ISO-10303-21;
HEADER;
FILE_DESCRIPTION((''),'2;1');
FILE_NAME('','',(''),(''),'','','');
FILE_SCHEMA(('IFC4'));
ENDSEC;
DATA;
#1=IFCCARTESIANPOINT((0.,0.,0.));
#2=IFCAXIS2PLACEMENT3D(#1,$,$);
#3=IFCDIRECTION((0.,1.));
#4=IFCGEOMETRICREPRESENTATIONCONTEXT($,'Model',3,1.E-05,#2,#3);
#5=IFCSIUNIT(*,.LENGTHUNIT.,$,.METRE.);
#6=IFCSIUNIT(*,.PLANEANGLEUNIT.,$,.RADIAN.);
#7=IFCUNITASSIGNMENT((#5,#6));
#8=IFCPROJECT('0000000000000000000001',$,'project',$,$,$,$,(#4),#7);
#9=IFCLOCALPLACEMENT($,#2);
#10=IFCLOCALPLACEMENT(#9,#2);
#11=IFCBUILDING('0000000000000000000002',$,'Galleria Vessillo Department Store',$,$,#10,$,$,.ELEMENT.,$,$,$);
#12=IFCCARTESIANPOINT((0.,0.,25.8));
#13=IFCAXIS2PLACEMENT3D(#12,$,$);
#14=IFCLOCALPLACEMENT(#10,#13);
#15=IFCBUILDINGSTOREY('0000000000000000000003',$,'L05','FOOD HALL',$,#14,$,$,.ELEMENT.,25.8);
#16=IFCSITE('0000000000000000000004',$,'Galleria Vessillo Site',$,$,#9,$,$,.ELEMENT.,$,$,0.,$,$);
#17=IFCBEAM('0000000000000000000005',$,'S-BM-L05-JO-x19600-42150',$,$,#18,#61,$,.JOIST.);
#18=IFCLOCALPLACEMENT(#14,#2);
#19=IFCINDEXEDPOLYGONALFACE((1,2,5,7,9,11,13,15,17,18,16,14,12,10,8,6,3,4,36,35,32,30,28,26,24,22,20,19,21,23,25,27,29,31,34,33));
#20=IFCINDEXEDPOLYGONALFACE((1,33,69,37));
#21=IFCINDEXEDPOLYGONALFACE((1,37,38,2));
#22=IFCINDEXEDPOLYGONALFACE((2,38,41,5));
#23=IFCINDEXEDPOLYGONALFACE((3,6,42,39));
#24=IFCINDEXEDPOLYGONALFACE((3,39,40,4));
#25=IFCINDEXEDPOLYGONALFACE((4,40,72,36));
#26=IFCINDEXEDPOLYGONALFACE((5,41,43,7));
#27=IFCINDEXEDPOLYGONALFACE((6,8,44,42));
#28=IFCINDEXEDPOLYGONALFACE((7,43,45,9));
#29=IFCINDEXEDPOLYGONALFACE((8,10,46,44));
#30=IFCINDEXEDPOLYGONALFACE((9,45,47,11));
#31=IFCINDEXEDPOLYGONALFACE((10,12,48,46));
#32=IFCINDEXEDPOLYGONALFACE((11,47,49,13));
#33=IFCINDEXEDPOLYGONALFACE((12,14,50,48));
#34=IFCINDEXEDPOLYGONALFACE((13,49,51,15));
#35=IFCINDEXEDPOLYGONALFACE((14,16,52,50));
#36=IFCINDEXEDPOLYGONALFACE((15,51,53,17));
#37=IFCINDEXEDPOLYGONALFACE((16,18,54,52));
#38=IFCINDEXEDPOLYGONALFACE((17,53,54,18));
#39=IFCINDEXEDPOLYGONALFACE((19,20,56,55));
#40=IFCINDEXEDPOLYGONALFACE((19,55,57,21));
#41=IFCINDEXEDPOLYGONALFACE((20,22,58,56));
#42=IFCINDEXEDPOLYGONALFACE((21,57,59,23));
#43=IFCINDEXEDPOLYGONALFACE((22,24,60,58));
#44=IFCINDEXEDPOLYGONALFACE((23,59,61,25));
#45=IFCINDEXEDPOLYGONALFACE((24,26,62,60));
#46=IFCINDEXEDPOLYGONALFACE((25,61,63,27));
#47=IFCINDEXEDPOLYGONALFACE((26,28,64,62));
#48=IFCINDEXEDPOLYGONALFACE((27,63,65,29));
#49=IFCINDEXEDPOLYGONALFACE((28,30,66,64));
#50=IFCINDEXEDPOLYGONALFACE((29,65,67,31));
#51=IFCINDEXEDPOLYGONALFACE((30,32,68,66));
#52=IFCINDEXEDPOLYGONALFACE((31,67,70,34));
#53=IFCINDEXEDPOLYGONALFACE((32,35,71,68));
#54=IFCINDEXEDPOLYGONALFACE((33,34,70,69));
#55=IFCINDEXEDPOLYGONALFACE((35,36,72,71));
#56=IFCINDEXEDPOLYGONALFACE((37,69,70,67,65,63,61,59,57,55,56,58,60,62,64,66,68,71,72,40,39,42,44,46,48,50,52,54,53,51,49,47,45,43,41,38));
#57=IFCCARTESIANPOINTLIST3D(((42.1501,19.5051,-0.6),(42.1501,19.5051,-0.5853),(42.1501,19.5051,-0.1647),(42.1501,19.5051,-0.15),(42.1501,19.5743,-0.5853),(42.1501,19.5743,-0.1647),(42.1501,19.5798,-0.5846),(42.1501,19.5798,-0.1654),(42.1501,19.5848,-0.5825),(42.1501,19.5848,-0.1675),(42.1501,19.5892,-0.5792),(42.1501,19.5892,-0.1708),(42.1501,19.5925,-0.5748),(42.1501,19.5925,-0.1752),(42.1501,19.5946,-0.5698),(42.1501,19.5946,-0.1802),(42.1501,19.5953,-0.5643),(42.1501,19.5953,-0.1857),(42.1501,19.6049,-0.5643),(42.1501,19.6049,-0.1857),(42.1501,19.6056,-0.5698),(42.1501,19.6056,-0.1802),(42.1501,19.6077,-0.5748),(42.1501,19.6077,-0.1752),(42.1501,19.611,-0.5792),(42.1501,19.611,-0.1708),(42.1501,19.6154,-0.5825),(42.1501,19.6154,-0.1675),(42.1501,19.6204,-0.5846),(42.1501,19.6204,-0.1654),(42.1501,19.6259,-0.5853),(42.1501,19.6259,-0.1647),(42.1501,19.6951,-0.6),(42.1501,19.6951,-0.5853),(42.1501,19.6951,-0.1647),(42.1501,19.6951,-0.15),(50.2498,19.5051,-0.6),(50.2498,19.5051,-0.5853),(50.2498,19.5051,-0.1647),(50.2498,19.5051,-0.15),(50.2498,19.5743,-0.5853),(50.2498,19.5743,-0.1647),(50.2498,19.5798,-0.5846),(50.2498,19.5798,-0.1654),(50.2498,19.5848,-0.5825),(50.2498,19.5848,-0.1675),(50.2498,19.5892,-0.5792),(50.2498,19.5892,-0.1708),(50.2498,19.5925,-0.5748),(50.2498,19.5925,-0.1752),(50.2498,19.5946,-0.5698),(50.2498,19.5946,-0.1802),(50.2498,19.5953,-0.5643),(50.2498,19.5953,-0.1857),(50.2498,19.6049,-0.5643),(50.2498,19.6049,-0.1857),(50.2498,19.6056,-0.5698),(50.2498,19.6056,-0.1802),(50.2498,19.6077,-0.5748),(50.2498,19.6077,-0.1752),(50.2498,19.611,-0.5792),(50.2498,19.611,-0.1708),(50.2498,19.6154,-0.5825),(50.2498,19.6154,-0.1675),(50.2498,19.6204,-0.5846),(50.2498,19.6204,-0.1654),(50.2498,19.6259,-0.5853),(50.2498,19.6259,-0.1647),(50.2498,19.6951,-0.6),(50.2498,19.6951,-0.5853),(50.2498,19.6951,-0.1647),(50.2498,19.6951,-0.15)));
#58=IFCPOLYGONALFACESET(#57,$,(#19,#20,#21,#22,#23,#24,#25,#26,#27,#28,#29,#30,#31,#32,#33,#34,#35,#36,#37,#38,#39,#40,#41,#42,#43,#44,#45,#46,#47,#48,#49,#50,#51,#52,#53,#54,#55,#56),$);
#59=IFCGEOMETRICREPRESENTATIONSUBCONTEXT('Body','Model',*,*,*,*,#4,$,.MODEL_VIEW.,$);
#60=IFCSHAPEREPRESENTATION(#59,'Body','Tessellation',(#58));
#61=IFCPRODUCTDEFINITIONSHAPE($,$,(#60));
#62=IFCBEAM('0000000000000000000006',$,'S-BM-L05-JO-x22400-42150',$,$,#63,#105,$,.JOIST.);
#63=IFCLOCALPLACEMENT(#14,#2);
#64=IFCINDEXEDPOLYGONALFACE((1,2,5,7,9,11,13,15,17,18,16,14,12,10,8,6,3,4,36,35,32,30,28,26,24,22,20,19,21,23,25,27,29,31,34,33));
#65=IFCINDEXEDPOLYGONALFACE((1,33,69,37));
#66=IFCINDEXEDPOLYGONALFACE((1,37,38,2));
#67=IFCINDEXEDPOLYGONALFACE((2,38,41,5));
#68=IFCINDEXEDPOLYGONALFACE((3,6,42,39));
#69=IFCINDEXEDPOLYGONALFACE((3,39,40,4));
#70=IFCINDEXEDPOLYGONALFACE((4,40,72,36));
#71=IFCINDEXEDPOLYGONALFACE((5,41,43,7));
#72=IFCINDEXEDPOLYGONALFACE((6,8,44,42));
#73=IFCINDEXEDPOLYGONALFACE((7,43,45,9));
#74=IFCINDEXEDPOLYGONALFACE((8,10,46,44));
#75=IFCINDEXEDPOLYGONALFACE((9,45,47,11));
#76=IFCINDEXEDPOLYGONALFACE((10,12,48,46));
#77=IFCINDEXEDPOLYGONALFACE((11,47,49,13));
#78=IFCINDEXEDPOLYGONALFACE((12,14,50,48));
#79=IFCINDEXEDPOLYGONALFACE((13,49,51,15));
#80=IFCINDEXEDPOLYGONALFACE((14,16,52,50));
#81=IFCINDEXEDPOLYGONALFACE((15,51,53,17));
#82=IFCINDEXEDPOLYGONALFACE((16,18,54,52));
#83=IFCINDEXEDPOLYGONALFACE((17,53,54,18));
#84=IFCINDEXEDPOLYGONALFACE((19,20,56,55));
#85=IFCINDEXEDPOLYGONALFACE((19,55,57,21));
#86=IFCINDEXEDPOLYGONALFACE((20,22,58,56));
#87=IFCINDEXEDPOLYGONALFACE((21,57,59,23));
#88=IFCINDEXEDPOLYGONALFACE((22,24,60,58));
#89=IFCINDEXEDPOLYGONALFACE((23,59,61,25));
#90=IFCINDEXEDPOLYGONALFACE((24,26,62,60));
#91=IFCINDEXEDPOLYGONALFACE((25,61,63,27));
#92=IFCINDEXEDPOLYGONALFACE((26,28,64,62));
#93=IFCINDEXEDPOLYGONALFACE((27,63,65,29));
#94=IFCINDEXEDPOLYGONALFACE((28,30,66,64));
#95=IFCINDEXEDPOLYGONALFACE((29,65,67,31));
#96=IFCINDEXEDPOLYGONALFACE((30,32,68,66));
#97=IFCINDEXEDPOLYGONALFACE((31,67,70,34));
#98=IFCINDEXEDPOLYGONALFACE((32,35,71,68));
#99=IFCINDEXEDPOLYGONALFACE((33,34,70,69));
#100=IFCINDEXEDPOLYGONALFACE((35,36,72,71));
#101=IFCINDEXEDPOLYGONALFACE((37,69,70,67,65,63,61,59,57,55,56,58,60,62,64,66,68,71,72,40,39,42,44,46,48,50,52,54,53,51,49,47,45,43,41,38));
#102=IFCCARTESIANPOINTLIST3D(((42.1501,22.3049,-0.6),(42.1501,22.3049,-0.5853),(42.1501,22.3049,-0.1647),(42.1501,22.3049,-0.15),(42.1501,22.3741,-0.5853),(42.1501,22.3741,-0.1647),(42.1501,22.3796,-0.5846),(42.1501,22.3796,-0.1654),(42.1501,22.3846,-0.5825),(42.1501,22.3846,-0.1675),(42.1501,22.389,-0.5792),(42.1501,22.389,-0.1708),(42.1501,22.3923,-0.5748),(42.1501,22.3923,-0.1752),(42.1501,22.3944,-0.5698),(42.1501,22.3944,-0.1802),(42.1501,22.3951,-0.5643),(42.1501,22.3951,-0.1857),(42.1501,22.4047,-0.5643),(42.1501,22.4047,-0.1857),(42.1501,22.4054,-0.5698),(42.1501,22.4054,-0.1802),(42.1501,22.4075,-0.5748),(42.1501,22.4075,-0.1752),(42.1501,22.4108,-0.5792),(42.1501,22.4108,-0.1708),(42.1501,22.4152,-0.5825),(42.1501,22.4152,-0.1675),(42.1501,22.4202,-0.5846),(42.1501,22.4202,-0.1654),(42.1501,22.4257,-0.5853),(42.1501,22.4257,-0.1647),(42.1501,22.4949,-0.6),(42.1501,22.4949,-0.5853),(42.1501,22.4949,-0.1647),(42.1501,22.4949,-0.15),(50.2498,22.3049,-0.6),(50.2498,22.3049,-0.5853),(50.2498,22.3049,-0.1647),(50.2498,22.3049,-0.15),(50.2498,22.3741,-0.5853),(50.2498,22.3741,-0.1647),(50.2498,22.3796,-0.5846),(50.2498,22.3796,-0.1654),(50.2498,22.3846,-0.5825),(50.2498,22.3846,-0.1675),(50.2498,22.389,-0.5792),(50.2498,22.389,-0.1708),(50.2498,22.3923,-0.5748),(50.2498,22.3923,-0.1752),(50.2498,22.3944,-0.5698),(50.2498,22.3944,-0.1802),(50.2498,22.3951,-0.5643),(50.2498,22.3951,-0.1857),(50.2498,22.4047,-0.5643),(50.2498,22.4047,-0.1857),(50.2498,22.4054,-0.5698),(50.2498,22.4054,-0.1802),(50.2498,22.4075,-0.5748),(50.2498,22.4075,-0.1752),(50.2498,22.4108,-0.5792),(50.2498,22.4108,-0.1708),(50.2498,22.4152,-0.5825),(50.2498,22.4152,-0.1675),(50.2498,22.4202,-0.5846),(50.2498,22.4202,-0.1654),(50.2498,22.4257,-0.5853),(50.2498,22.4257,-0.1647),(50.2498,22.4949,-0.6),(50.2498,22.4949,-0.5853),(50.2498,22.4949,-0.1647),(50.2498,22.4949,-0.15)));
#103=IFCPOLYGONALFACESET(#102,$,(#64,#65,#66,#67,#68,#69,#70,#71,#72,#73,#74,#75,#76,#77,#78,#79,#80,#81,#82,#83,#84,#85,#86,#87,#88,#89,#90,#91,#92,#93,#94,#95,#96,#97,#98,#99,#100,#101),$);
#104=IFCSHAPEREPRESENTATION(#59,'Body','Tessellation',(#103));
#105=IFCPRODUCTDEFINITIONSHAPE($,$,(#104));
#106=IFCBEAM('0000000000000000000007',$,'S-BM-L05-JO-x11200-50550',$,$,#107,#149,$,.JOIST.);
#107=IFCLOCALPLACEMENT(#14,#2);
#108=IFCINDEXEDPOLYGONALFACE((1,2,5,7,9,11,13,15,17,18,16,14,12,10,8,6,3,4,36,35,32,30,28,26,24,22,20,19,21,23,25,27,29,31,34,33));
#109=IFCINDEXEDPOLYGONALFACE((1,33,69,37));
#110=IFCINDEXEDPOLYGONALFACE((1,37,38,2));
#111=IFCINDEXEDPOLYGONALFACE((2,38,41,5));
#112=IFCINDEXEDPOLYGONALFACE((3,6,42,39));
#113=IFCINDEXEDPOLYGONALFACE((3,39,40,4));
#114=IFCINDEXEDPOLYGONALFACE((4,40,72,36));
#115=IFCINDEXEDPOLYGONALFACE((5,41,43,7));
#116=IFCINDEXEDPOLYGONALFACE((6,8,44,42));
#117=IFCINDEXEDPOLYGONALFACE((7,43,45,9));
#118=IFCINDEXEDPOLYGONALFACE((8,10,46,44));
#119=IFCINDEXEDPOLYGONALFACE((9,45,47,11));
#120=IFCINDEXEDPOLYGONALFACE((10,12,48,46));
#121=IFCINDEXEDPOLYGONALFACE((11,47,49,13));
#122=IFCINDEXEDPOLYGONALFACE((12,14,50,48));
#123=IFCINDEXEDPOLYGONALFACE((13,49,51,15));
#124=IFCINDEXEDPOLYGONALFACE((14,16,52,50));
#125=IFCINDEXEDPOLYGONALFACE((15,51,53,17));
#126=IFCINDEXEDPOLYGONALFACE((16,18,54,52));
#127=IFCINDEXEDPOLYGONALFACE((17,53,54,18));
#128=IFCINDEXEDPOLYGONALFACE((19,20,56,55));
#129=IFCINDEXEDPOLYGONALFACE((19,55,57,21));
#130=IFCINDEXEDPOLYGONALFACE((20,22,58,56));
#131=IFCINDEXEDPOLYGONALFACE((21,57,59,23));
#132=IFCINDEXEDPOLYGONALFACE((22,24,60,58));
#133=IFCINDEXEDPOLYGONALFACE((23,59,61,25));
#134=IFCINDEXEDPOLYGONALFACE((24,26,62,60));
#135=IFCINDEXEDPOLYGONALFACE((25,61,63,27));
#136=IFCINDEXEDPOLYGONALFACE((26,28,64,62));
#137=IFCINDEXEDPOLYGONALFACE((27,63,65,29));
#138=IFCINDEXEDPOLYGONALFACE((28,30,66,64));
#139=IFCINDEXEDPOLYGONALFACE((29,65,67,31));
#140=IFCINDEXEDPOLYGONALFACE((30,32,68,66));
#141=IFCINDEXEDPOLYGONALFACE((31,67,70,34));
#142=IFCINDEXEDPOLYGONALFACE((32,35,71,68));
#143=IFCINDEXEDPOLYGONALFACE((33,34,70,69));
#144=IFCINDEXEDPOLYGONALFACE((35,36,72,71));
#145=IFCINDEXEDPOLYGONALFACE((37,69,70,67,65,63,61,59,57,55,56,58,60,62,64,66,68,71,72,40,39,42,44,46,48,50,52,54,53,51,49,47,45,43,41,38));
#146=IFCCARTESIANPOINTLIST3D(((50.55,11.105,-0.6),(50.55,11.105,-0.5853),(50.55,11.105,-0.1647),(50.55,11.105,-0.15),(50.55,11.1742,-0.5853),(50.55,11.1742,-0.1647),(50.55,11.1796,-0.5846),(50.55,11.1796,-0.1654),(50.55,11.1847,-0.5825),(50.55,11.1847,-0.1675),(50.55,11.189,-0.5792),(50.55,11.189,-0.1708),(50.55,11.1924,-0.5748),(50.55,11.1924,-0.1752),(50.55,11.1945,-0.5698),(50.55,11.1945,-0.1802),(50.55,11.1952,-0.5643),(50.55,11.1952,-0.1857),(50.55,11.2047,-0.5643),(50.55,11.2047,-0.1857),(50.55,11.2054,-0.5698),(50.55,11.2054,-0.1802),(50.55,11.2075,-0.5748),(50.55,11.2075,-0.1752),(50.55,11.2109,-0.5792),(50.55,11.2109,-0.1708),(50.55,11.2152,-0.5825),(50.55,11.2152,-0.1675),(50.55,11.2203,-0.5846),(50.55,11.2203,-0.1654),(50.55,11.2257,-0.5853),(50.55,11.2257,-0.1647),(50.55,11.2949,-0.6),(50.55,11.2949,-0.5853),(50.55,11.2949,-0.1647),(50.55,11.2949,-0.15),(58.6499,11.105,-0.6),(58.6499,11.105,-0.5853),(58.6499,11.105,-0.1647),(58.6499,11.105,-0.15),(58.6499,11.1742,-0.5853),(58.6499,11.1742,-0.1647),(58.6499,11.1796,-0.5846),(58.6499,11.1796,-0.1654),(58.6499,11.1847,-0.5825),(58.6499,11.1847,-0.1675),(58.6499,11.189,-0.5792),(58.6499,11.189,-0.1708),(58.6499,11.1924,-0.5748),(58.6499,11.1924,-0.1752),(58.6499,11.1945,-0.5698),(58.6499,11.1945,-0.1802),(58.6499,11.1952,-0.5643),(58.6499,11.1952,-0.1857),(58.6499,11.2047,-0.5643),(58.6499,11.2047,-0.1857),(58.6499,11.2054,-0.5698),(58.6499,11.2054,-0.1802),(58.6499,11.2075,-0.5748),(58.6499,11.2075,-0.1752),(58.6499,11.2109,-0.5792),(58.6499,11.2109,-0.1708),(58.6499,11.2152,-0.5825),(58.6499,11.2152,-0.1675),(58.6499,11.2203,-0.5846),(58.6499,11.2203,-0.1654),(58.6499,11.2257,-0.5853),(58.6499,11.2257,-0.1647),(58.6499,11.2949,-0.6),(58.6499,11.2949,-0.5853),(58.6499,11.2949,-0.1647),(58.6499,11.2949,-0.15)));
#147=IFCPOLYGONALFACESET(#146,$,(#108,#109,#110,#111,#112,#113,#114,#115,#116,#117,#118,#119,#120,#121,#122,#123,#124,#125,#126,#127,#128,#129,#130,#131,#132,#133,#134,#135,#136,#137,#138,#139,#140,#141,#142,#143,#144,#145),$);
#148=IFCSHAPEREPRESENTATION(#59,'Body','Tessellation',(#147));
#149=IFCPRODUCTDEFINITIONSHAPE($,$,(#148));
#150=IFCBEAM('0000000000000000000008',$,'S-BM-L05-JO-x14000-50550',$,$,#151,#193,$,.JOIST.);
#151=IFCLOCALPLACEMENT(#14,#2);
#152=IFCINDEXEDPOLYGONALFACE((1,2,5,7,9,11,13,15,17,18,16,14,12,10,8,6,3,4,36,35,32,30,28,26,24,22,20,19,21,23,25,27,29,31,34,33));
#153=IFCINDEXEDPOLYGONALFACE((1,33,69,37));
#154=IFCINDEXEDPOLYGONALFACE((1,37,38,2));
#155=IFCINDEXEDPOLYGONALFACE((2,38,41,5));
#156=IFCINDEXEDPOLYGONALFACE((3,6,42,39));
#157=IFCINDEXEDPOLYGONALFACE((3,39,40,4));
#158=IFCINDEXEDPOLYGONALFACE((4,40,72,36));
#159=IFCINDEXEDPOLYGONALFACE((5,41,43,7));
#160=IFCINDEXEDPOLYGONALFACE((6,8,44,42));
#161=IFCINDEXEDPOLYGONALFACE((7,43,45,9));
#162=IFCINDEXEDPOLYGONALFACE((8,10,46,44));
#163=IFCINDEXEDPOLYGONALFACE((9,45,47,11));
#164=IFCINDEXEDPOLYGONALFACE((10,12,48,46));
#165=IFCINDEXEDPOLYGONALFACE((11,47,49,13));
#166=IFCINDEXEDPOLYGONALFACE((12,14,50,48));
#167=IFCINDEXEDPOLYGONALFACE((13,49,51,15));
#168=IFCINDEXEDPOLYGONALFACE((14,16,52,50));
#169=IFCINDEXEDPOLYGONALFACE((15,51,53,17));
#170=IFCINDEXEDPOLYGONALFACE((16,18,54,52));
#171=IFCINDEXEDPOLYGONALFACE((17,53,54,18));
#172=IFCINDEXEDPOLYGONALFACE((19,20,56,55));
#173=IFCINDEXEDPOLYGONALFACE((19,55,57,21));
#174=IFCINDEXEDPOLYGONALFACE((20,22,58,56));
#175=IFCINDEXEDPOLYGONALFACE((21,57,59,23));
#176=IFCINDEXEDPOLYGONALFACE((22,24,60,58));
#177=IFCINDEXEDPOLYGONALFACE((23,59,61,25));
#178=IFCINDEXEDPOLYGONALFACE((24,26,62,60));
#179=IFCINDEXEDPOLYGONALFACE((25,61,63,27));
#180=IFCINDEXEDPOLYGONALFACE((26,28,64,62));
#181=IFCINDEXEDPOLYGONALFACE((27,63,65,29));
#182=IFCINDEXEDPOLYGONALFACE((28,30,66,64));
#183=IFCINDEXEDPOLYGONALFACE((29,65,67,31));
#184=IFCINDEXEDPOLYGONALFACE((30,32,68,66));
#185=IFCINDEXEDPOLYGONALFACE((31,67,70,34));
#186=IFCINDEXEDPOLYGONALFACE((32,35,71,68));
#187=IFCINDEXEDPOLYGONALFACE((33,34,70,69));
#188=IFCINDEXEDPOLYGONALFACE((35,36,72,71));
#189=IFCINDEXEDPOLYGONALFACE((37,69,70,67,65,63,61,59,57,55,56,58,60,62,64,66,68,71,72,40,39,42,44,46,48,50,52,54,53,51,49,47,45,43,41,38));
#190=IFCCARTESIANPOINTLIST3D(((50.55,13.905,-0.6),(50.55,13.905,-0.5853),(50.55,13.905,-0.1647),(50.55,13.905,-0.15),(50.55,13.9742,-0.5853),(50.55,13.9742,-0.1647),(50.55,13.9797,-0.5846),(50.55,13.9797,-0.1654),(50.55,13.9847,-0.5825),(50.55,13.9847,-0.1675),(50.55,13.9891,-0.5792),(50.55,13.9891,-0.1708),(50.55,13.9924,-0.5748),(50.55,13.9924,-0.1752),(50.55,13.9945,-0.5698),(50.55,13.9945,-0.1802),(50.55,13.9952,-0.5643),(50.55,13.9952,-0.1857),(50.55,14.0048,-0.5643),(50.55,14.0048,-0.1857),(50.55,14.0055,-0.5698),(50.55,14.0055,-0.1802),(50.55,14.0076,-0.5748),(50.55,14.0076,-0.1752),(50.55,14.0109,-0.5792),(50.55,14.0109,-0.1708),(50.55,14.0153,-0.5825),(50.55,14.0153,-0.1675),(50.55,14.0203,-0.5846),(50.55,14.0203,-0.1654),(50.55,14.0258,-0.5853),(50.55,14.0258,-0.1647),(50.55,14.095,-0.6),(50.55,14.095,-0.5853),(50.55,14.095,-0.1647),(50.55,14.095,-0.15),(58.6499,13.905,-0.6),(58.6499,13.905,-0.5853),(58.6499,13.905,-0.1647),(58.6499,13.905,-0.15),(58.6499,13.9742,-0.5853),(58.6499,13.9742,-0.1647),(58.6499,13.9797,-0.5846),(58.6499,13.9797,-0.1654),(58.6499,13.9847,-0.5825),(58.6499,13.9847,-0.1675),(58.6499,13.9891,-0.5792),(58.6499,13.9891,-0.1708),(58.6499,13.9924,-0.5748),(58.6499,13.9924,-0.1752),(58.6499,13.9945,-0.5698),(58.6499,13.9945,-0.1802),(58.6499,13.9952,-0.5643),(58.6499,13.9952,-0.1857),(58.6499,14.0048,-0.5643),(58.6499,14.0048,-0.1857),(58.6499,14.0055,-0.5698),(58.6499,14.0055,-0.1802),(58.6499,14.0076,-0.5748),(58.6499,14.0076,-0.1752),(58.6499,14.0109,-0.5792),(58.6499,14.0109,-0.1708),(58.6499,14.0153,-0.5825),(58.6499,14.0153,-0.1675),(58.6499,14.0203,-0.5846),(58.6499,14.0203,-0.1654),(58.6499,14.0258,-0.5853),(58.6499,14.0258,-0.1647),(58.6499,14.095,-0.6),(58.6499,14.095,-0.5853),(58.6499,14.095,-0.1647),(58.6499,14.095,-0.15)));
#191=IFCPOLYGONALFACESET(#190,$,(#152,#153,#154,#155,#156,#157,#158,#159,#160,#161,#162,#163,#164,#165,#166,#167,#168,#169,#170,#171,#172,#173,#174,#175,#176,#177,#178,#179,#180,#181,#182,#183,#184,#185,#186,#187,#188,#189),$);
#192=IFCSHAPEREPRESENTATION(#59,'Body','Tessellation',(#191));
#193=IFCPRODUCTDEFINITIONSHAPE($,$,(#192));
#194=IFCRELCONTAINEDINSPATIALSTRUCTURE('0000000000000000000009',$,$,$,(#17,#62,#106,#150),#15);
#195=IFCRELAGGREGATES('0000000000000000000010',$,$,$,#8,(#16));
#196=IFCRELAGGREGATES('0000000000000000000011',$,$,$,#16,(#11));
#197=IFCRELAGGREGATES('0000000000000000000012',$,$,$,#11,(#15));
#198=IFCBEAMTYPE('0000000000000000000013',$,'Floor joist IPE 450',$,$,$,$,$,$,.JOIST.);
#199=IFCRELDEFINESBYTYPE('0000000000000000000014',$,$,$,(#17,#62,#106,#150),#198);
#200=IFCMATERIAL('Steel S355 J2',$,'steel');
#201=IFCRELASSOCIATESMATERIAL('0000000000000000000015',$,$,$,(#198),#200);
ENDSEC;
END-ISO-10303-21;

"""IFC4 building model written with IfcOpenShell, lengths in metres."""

from ifc_helpers import new_model, si_unit, direction, frame, origin, origin_2d, place, context, subcontext, project, spatial, i_section, extrude, material, material_profile, profile_set, type_object, element, save


model = new_model("IFC4")

# Units and contexts
model_context = context("Model", 3, precision=1e-05, world=origin(), true_north=direction((0.0, 1.0)))
body_context = subcontext(model_context, "Body", "Model", "MODEL_VIEW")
ifc_project = project(units=[si_unit("LENGTHUNIT", "METRE"), si_unit("PLANEANGLEUNIT", "RADIAN")], contexts=[model_context])

# Site, building, storey
site_placement = place(None, origin())
site = spatial("IfcSite", under=ifc_project, at=site_placement, Name="Galleria Vessillo Site", CompositionType="ELEMENT", RefElevation=0.0)
building_placement = place(site_placement, origin())
building = spatial("IfcBuilding", under=site, at=building_placement, Name="Galleria Vessillo Department Store", CompositionType="ELEMENT")
storey_placement = place(building_placement, frame((0.0, 0.0, 25.8)))
storey = spatial("IfcBuildingStorey", under=building, at=storey_placement, Name="L05", Description="FOOD HALL", CompositionType="ELEMENT", Elevation=25.8)

# Beams
ifc_material_1 = material(Name="Steel S355 J2", Category="steel")
ifc_material_profile_1 = material_profile(ifc_material_1, i_section(OverallWidth=0.1899, OverallDepth=0.45, WebThickness=0.0095, FlangeThickness=0.0146, FilletRadius=0.021, at=origin_2d()), Name="IPE 450")
ifc_profile_set_1 = profile_set([ifc_material_profile_1], Name="Steel S355 J2")
beam_type_1 = type_object("IfcBeamType", Name="Floor joist IPE 450", PredefinedType="JOIST", material=ifc_profile_set_1)
for number, where, z_axis, x_axis, name in (
    (1, (42.1501, 19.6001, -0.375), (1.0, 0.0, 0.0), (0.0, 1.0, 0.0), "S-BM-L05-JO-x19600-42150"),
    (2, (42.1501, 22.3999, -0.375), (1.0, 0.0, 0.0), (0.0, 1.0, 0.0), "S-BM-L05-JO-x22400-42150"),
):
    element("IfcBeam", number, at=place(storey_placement, frame(where, z_axis=z_axis, x_axis=x_axis)), inside=storey, type_object=beam_type_1, Name=name, PredefinedType="JOIST", context=body_context, shape_type="SweptSolid", body=[
        extrude(i_section(OverallWidth=0.1899, OverallDepth=0.45, WebThickness=0.0095, FlangeThickness=0.0146, FilletRadius=0.021, at=origin_2d()), origin(), (0.0, 0.0, 1.0), 8.0996),
    ])
for number, where, z_axis, x_axis, name in (
    (3, (50.55, 11.2, -0.375), (1.0, 0.0, 0.0), (0.0, 1.0, 0.0), "S-BM-L05-JO-x11200-50550"),
    (4, (50.55, 14.0, -0.375), (1.0, 0.0, 0.0), (0.0, 1.0, 0.0), "S-BM-L05-JO-x14000-50550"),
):
    element("IfcBeam", number, at=place(storey_placement, frame(where, z_axis=z_axis, x_axis=x_axis)), inside=storey, type_object=beam_type_1, Name=name, PredefinedType="JOIST", context=body_context, shape_type="SweptSolid", body=[
        extrude(i_section(OverallWidth=0.1899, OverallDepth=0.45, WebThickness=0.0095, FlangeThickness=0.0146, FilletRadius=0.021, at=origin_2d()), origin(), (0.0, 0.0, 1.0), 8.0999),
    ])

save(model, "model.ifc")
